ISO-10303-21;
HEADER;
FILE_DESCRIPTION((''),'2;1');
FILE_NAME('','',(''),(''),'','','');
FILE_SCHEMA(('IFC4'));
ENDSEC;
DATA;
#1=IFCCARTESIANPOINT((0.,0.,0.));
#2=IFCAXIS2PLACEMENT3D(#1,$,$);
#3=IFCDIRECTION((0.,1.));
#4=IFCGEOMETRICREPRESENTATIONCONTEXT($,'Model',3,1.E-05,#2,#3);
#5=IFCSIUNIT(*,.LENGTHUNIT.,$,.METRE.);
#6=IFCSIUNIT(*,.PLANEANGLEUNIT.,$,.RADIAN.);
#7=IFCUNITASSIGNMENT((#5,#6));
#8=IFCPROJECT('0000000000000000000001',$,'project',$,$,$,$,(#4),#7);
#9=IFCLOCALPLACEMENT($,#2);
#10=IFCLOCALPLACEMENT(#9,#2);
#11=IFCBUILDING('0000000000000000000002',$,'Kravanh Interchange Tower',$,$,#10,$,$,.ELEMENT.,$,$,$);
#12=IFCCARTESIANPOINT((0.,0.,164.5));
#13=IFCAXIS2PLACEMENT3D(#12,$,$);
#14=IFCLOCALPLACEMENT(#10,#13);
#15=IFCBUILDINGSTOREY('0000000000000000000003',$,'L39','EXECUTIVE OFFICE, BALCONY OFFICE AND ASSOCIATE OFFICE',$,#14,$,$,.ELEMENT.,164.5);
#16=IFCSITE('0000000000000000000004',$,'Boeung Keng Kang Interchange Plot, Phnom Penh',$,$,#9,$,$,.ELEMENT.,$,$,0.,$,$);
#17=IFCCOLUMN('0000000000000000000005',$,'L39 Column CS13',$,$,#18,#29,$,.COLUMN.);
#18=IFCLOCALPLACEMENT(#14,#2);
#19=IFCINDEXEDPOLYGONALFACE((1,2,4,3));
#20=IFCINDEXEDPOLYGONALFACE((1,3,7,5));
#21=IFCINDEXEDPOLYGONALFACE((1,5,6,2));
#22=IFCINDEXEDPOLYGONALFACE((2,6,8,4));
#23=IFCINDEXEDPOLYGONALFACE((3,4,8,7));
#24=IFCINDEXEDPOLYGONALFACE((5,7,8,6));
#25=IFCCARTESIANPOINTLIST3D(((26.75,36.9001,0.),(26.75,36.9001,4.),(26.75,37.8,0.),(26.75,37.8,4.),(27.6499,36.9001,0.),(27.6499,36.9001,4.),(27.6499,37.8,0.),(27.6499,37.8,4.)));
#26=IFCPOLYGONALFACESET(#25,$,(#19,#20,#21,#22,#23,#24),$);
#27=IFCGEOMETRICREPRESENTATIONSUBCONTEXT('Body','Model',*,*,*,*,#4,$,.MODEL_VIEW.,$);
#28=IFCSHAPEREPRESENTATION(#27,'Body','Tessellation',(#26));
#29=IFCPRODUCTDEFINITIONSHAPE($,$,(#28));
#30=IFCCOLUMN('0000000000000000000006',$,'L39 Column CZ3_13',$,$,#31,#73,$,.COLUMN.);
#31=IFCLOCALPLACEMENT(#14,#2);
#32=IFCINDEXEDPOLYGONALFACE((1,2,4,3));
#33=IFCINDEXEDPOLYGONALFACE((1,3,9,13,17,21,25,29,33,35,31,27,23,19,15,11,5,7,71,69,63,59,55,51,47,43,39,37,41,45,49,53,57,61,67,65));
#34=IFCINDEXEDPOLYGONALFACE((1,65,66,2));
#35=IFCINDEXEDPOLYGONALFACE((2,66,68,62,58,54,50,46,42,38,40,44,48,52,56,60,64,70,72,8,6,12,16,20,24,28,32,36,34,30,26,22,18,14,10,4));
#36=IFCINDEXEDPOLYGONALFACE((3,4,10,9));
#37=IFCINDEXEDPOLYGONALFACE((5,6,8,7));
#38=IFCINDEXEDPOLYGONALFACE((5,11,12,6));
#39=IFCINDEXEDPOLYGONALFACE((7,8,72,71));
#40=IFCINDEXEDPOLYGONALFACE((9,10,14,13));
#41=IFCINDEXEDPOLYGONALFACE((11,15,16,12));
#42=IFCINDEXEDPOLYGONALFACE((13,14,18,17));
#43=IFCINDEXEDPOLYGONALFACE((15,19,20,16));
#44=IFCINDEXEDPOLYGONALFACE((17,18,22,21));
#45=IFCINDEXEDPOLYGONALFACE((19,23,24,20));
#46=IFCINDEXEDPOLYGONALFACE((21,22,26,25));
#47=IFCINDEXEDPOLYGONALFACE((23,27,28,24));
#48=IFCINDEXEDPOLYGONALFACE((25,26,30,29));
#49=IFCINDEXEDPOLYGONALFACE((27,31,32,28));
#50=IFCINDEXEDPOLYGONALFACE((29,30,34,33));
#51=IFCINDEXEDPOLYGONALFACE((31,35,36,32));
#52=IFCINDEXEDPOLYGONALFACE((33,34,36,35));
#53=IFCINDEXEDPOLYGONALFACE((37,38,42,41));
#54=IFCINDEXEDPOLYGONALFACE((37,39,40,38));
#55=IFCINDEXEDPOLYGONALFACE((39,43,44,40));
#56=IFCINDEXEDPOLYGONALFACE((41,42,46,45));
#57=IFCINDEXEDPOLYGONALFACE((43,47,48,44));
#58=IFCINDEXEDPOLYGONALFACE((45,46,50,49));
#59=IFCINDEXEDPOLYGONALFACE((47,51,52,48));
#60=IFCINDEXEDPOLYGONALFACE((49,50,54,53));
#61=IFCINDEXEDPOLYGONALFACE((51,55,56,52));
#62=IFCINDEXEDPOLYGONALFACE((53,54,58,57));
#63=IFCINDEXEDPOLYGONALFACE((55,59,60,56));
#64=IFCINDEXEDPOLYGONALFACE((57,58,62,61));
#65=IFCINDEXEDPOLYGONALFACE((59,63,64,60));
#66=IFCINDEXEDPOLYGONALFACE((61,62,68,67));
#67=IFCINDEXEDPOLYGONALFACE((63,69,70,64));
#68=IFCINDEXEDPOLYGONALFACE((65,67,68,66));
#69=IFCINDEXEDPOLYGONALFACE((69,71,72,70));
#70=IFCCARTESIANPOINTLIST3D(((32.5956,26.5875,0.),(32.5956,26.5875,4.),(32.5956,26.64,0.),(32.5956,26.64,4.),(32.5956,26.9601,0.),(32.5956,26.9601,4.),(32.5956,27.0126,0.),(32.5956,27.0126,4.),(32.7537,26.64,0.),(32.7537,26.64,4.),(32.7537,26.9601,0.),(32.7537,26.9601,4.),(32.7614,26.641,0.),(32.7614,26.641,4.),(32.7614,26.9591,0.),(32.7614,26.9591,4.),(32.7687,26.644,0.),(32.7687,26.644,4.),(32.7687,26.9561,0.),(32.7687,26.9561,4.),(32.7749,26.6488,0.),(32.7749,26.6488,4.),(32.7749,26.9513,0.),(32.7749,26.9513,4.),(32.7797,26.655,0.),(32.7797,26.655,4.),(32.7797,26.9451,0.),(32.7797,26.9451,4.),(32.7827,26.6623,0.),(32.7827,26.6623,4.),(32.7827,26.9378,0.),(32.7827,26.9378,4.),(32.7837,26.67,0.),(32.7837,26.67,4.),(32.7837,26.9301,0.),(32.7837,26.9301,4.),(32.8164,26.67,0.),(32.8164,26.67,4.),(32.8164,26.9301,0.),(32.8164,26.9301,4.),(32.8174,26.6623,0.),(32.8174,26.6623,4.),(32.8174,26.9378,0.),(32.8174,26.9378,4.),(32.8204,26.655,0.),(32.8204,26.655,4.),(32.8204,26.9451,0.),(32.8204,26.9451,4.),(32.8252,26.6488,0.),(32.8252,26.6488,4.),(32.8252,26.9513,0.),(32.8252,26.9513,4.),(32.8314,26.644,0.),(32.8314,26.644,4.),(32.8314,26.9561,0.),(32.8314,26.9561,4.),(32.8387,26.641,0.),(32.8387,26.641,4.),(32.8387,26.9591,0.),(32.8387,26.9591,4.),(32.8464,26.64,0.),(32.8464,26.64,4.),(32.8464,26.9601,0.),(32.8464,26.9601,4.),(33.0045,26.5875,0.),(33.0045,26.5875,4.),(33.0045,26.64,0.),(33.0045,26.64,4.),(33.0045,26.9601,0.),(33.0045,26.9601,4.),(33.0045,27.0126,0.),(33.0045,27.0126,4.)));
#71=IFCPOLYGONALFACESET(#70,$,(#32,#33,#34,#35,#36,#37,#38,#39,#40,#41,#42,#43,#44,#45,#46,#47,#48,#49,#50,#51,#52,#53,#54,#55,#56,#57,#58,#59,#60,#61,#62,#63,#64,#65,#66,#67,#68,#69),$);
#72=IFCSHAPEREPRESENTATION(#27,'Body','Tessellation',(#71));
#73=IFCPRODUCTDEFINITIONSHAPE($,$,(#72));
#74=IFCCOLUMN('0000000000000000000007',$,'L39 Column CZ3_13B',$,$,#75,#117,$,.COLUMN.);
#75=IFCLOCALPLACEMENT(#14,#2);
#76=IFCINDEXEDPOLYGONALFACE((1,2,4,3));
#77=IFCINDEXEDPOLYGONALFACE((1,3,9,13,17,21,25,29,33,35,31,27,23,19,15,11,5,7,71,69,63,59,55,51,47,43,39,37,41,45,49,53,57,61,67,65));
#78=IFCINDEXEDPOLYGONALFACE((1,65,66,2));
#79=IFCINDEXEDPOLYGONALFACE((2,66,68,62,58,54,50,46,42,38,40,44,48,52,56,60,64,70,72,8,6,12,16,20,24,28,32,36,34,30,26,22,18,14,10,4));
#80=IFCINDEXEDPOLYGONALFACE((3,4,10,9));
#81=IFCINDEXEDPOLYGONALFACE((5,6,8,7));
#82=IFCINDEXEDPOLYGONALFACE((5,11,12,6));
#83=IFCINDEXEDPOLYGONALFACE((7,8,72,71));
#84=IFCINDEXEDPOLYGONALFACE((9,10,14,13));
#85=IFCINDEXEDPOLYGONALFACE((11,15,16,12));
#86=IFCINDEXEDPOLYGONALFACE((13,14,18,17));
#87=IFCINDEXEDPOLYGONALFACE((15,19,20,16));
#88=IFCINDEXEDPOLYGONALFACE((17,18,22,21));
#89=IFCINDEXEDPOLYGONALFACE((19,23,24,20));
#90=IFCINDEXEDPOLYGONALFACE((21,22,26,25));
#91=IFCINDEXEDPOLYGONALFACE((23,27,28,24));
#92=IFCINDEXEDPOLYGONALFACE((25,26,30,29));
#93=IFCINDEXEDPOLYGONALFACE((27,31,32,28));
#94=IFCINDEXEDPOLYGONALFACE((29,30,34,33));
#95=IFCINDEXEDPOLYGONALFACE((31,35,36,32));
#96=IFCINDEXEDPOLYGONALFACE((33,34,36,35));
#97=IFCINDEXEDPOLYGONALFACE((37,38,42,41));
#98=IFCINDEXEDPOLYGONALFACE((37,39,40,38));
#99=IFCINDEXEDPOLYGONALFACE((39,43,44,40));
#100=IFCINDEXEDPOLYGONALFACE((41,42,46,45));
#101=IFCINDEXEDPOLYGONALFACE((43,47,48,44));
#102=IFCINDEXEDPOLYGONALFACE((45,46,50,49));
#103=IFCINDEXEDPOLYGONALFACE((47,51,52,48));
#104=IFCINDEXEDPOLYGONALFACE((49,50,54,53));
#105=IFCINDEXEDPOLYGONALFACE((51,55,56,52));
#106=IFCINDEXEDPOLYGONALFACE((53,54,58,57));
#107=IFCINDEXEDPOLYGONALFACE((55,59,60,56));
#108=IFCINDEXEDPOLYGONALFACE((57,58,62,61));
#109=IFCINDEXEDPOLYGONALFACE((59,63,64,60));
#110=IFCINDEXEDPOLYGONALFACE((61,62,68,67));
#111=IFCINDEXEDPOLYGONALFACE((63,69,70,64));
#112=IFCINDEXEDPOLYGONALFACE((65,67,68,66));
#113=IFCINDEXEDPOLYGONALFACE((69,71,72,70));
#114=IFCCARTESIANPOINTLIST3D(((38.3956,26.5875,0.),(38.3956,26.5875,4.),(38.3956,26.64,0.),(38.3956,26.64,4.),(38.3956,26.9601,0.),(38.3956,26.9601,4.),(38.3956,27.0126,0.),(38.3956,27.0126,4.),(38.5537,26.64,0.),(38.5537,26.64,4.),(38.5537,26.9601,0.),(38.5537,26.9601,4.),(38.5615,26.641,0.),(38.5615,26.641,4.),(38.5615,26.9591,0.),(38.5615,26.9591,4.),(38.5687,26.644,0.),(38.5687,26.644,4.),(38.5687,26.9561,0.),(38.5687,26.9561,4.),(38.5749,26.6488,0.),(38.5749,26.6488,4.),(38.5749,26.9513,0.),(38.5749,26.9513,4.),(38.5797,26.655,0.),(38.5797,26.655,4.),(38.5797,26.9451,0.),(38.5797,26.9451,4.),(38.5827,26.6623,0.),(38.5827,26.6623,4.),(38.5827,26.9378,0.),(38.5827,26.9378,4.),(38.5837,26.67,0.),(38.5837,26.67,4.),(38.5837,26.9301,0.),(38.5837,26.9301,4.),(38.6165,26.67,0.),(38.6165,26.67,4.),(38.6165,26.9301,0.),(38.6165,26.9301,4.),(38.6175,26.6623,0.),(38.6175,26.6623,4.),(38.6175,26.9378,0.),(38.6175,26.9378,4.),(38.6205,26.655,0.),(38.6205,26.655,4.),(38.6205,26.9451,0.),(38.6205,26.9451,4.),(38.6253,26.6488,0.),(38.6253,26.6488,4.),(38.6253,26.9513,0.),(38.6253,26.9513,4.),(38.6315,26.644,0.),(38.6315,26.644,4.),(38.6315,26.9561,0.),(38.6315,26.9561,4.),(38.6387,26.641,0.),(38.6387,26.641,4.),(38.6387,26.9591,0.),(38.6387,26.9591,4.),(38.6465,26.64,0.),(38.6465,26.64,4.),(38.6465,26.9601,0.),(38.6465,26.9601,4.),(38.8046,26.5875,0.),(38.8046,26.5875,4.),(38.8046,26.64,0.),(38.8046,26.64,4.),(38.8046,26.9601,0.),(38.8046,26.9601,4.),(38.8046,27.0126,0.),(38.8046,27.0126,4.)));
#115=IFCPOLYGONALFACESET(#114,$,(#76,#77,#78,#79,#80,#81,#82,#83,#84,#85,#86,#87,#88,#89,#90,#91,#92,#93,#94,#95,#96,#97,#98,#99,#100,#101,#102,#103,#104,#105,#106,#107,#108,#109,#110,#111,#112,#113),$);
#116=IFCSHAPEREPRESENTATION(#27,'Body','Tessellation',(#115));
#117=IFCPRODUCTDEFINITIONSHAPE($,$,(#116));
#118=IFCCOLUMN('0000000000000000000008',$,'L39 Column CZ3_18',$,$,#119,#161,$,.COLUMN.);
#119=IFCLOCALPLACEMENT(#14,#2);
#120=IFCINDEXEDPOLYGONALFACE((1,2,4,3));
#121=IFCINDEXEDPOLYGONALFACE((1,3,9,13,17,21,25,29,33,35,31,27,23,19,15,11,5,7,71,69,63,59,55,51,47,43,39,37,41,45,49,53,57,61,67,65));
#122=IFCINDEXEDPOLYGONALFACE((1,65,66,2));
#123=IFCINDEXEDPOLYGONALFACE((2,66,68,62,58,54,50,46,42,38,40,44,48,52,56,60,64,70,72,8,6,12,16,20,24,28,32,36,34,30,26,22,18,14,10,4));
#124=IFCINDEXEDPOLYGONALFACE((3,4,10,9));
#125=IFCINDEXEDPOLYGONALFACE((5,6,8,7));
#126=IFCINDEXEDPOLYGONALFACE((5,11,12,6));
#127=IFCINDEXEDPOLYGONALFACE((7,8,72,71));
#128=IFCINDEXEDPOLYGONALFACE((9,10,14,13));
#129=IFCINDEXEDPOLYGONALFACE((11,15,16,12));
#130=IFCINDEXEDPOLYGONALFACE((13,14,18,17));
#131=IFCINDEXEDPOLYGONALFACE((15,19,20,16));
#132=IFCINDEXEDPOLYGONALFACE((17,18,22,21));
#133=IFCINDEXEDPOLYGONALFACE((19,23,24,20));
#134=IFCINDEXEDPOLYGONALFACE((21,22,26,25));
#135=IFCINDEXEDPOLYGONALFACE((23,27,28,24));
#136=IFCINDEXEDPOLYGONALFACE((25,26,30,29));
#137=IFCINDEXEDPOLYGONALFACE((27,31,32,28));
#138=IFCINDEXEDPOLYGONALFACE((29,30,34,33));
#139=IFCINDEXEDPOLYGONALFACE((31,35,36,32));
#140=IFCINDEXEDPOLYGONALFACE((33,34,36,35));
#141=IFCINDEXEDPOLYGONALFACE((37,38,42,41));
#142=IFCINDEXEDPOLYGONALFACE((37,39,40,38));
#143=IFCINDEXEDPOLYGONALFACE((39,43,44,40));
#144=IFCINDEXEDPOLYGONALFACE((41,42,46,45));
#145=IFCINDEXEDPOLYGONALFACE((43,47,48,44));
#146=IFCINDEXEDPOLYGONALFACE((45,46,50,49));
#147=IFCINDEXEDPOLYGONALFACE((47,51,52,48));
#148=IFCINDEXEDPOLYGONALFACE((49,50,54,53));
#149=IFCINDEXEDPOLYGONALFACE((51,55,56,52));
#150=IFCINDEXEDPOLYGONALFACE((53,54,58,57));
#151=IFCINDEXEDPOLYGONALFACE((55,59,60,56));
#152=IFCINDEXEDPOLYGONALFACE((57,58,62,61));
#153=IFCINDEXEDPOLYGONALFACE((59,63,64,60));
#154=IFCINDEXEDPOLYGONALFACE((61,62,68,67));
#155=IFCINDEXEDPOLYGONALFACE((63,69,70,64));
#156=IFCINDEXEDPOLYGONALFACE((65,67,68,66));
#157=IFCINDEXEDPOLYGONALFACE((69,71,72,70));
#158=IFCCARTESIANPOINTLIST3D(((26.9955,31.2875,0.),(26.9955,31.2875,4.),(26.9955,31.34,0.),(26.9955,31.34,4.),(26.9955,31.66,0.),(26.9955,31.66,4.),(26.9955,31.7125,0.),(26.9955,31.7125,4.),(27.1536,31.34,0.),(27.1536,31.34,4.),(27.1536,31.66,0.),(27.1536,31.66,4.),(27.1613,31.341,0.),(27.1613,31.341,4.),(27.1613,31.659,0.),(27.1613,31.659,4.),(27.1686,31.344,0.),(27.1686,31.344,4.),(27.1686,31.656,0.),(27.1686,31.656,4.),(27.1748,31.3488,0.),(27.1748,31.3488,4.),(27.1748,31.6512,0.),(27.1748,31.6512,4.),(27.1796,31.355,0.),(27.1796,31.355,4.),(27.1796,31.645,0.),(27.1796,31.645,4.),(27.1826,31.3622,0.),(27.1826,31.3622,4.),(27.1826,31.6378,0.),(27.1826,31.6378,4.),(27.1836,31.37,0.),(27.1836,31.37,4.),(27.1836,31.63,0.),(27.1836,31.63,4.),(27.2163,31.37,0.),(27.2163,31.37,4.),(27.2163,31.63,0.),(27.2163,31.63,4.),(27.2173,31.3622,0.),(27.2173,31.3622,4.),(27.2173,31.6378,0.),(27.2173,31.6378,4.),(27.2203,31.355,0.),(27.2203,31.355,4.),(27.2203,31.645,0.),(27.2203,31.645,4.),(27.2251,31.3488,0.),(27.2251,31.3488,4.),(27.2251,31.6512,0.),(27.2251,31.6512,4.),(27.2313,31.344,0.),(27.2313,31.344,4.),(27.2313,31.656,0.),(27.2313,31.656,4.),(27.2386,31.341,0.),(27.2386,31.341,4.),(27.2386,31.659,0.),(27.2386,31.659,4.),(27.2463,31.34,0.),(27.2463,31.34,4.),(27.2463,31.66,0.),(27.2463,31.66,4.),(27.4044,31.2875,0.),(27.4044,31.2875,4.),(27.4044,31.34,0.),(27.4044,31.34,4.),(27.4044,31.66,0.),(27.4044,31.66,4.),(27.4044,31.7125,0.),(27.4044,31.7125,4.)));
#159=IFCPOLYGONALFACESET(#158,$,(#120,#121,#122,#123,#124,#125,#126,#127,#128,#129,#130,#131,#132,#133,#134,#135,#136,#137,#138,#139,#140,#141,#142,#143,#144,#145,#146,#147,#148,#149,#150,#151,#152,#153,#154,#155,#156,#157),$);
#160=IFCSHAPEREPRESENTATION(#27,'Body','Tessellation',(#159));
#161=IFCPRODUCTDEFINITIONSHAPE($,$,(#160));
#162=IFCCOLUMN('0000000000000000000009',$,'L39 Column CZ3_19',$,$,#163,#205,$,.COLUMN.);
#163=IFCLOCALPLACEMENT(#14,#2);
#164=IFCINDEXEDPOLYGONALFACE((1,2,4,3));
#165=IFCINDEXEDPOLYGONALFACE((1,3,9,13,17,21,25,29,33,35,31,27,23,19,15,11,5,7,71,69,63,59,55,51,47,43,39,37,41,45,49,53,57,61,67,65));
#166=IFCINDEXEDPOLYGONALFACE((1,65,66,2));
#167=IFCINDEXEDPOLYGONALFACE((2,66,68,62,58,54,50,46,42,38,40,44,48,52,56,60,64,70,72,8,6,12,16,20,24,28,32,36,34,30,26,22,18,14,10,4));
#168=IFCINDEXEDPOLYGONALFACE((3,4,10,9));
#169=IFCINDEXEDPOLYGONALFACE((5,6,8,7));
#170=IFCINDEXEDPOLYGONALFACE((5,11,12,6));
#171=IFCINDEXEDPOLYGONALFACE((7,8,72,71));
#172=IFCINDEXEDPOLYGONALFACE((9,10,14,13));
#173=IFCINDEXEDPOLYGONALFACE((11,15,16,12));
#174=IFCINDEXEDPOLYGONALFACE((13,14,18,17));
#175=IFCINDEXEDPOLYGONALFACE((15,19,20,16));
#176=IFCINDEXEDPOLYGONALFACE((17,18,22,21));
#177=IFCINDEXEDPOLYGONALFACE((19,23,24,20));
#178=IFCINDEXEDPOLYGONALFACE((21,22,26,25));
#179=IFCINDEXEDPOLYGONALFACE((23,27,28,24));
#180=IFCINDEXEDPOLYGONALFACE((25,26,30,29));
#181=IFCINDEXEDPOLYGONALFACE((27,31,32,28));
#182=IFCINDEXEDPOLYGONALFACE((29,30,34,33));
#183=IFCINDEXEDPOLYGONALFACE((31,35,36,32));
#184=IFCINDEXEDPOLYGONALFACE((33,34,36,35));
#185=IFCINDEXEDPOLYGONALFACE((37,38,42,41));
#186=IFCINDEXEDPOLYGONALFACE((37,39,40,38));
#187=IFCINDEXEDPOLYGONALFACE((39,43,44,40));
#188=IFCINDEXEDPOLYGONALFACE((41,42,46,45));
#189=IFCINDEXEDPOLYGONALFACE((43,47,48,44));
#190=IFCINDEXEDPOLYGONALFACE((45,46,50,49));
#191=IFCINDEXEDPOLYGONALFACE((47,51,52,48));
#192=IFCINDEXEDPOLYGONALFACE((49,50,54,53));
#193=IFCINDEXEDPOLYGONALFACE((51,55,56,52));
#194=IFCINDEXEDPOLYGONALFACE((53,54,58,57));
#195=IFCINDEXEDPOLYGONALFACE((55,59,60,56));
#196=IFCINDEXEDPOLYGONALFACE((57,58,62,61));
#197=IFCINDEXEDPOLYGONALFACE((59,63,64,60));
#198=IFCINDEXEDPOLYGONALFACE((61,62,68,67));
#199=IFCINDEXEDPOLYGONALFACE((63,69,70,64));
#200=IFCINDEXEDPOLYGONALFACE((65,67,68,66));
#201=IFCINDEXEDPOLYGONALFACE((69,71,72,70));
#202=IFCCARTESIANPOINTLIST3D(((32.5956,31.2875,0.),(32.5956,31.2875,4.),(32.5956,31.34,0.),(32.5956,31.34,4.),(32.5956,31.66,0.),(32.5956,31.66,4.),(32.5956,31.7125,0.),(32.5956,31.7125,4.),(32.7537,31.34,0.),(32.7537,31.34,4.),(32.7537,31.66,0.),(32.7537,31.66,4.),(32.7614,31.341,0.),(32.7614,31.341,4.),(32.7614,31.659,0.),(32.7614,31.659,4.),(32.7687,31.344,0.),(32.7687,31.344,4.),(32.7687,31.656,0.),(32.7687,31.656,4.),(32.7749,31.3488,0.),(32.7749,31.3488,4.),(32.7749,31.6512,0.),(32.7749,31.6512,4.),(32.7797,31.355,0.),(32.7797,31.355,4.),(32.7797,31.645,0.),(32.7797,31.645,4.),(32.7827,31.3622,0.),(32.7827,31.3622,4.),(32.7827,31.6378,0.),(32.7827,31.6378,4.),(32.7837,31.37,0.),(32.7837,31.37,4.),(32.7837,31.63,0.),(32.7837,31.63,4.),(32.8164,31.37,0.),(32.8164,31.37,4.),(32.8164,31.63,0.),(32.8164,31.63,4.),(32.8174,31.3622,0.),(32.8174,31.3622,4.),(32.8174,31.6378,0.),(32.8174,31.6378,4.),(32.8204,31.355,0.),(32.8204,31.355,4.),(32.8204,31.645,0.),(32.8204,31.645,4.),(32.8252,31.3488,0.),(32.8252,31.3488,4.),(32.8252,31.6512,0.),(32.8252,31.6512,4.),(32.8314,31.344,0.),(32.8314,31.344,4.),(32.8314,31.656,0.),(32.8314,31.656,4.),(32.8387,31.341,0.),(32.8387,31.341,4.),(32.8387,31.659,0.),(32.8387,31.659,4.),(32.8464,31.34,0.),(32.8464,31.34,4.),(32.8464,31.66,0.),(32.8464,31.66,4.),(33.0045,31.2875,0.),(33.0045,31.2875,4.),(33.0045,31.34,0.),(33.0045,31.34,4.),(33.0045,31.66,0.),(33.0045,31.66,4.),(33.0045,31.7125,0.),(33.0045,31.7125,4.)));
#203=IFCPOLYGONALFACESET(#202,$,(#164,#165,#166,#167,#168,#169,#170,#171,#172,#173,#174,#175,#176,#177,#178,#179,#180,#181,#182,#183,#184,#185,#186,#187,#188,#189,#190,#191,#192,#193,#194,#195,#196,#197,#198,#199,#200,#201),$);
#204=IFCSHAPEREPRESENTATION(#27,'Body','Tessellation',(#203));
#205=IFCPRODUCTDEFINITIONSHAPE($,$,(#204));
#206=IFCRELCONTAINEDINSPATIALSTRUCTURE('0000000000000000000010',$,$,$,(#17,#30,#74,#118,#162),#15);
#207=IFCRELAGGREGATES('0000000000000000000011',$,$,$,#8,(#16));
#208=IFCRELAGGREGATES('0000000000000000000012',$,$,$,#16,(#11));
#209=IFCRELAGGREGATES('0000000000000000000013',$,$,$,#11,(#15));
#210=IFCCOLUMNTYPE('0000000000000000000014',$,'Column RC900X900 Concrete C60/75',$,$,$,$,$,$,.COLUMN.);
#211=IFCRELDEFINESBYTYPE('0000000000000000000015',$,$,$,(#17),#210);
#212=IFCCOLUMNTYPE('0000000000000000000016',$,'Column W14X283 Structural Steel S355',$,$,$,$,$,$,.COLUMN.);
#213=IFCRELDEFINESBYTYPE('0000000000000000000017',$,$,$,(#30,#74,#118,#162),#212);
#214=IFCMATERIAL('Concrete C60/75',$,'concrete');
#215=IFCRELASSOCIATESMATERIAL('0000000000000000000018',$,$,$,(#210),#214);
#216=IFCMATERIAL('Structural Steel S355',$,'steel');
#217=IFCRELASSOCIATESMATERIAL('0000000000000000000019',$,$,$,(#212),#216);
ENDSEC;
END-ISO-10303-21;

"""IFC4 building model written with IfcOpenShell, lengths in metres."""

from ifc_helpers import new_model, si_unit, direction, frame, origin, origin_2d, place, context, subcontext, project, spatial, rectangle, i_section, extrude, material, material_profile, profile_set, type_object, element, save


model = new_model("IFC4")

# Units and contexts
model_context = context("Model", 3, precision=1e-05, world=origin(), true_north=direction((0.0, 1.0)))
body_context = subcontext(model_context, "Body", "Model", "MODEL_VIEW")
ifc_project = project(units=[si_unit("LENGTHUNIT", "METRE"), si_unit("PLANEANGLEUNIT", "RADIAN")], contexts=[model_context])

# Site, building, storey
site_placement = place(None, origin())
site = spatial("IfcSite", under=ifc_project, at=site_placement, Name="Boeung Keng Kang Interchange Plot, Phnom Penh", CompositionType="ELEMENT", RefElevation=0.0)
building_placement = place(site_placement, origin())
building = spatial("IfcBuilding", under=site, at=building_placement, Name="Kravanh Interchange Tower", CompositionType="ELEMENT")
storey_placement = place(building_placement, frame((0.0, 0.0, 164.5)))
storey = spatial("IfcBuildingStorey", under=building, at=storey_placement, Name="L39", Description="EXECUTIVE OFFICE, BALCONY OFFICE AND ASSOCIATE OFFICE", CompositionType="ELEMENT", Elevation=164.5)

# Columns
ifc_material_1 = material(Name="Concrete C60/75", Category="concrete")
ifc_material_profile_1 = material_profile(ifc_material_1, rectangle(XDim=0.8999, YDim=0.8999, at=origin_2d()), Name="RC900X900")
ifc_profile_set_1 = profile_set([ifc_material_profile_1], Name="Concrete C60/75")
column_type_1 = type_object("IfcColumnType", Name="Column RC900X900 Concrete C60/75", PredefinedType="COLUMN", material=ifc_profile_set_1)
column_placement = place(storey_placement, frame((27.2, 37.3501, 0.0), z_axis=(0.0, 0.0, 1.0), x_axis=(1.0, 0.0, 0.0)))
element("IfcColumn", 1, at=column_placement, inside=storey, type_object=column_type_1, Name="L39 Column CS13", PredefinedType="COLUMN", context=body_context, shape_type="SweptSolid", body=[
    extrude(rectangle(XDim=0.8999, YDim=0.8999, at=origin_2d()), origin(), (0.0, 0.0, 1.0), 4.0),
])
ifc_material_2 = material(Name="Structural Steel S355", Category="steel")
ifc_material_profile_2 = material_profile(ifc_material_2, i_section(OverallWidth=0.4089, OverallDepth=0.425, WebThickness=0.0327, FlangeThickness=0.0525, FilletRadius=0.03, at=origin_2d()), Name="W14X283")
ifc_profile_set_2 = profile_set([ifc_material_profile_2], Name="Structural Steel S355")
column_type_2 = type_object("IfcColumnType", Name="Column W14X283 Structural Steel S355", PredefinedType="COLUMN", material=ifc_profile_set_2)
for number, where, z_axis, x_axis, name in (
    (2, (32.8, 26.8, 0.0), (0.0, 0.0, 1.0), (1.0, 0.0, 0.0), "L39 Column CZ3_13"),
    (3, (38.6001, 26.8, 0.0), (0.0, 0.0, 1.0), (1.0, 0.0, 0.0), "L39 Column CZ3_13B"),
    (4, (27.2, 31.5, 0.0), (0.0, 0.0, 1.0), (1.0, 0.0, 0.0), "L39 Column CZ3_18"),
    (5, (32.8, 31.5, 0.0), (0.0, 0.0, 1.0), (1.0, 0.0, 0.0), "L39 Column CZ3_19"),
):
    element("IfcColumn", number, at=place(storey_placement, frame(where, z_axis=z_axis, x_axis=x_axis)), inside=storey, type_object=column_type_2, Name=name, PredefinedType="COLUMN", context=body_context, shape_type="SweptSolid", body=[
        extrude(i_section(OverallWidth=0.4089, OverallDepth=0.425, WebThickness=0.0327, FlangeThickness=0.0525, FilletRadius=0.03, at=origin_2d()), origin(), (0.0, 0.0, 1.0), 4.0),
    ])

save(model, "model.ifc")
